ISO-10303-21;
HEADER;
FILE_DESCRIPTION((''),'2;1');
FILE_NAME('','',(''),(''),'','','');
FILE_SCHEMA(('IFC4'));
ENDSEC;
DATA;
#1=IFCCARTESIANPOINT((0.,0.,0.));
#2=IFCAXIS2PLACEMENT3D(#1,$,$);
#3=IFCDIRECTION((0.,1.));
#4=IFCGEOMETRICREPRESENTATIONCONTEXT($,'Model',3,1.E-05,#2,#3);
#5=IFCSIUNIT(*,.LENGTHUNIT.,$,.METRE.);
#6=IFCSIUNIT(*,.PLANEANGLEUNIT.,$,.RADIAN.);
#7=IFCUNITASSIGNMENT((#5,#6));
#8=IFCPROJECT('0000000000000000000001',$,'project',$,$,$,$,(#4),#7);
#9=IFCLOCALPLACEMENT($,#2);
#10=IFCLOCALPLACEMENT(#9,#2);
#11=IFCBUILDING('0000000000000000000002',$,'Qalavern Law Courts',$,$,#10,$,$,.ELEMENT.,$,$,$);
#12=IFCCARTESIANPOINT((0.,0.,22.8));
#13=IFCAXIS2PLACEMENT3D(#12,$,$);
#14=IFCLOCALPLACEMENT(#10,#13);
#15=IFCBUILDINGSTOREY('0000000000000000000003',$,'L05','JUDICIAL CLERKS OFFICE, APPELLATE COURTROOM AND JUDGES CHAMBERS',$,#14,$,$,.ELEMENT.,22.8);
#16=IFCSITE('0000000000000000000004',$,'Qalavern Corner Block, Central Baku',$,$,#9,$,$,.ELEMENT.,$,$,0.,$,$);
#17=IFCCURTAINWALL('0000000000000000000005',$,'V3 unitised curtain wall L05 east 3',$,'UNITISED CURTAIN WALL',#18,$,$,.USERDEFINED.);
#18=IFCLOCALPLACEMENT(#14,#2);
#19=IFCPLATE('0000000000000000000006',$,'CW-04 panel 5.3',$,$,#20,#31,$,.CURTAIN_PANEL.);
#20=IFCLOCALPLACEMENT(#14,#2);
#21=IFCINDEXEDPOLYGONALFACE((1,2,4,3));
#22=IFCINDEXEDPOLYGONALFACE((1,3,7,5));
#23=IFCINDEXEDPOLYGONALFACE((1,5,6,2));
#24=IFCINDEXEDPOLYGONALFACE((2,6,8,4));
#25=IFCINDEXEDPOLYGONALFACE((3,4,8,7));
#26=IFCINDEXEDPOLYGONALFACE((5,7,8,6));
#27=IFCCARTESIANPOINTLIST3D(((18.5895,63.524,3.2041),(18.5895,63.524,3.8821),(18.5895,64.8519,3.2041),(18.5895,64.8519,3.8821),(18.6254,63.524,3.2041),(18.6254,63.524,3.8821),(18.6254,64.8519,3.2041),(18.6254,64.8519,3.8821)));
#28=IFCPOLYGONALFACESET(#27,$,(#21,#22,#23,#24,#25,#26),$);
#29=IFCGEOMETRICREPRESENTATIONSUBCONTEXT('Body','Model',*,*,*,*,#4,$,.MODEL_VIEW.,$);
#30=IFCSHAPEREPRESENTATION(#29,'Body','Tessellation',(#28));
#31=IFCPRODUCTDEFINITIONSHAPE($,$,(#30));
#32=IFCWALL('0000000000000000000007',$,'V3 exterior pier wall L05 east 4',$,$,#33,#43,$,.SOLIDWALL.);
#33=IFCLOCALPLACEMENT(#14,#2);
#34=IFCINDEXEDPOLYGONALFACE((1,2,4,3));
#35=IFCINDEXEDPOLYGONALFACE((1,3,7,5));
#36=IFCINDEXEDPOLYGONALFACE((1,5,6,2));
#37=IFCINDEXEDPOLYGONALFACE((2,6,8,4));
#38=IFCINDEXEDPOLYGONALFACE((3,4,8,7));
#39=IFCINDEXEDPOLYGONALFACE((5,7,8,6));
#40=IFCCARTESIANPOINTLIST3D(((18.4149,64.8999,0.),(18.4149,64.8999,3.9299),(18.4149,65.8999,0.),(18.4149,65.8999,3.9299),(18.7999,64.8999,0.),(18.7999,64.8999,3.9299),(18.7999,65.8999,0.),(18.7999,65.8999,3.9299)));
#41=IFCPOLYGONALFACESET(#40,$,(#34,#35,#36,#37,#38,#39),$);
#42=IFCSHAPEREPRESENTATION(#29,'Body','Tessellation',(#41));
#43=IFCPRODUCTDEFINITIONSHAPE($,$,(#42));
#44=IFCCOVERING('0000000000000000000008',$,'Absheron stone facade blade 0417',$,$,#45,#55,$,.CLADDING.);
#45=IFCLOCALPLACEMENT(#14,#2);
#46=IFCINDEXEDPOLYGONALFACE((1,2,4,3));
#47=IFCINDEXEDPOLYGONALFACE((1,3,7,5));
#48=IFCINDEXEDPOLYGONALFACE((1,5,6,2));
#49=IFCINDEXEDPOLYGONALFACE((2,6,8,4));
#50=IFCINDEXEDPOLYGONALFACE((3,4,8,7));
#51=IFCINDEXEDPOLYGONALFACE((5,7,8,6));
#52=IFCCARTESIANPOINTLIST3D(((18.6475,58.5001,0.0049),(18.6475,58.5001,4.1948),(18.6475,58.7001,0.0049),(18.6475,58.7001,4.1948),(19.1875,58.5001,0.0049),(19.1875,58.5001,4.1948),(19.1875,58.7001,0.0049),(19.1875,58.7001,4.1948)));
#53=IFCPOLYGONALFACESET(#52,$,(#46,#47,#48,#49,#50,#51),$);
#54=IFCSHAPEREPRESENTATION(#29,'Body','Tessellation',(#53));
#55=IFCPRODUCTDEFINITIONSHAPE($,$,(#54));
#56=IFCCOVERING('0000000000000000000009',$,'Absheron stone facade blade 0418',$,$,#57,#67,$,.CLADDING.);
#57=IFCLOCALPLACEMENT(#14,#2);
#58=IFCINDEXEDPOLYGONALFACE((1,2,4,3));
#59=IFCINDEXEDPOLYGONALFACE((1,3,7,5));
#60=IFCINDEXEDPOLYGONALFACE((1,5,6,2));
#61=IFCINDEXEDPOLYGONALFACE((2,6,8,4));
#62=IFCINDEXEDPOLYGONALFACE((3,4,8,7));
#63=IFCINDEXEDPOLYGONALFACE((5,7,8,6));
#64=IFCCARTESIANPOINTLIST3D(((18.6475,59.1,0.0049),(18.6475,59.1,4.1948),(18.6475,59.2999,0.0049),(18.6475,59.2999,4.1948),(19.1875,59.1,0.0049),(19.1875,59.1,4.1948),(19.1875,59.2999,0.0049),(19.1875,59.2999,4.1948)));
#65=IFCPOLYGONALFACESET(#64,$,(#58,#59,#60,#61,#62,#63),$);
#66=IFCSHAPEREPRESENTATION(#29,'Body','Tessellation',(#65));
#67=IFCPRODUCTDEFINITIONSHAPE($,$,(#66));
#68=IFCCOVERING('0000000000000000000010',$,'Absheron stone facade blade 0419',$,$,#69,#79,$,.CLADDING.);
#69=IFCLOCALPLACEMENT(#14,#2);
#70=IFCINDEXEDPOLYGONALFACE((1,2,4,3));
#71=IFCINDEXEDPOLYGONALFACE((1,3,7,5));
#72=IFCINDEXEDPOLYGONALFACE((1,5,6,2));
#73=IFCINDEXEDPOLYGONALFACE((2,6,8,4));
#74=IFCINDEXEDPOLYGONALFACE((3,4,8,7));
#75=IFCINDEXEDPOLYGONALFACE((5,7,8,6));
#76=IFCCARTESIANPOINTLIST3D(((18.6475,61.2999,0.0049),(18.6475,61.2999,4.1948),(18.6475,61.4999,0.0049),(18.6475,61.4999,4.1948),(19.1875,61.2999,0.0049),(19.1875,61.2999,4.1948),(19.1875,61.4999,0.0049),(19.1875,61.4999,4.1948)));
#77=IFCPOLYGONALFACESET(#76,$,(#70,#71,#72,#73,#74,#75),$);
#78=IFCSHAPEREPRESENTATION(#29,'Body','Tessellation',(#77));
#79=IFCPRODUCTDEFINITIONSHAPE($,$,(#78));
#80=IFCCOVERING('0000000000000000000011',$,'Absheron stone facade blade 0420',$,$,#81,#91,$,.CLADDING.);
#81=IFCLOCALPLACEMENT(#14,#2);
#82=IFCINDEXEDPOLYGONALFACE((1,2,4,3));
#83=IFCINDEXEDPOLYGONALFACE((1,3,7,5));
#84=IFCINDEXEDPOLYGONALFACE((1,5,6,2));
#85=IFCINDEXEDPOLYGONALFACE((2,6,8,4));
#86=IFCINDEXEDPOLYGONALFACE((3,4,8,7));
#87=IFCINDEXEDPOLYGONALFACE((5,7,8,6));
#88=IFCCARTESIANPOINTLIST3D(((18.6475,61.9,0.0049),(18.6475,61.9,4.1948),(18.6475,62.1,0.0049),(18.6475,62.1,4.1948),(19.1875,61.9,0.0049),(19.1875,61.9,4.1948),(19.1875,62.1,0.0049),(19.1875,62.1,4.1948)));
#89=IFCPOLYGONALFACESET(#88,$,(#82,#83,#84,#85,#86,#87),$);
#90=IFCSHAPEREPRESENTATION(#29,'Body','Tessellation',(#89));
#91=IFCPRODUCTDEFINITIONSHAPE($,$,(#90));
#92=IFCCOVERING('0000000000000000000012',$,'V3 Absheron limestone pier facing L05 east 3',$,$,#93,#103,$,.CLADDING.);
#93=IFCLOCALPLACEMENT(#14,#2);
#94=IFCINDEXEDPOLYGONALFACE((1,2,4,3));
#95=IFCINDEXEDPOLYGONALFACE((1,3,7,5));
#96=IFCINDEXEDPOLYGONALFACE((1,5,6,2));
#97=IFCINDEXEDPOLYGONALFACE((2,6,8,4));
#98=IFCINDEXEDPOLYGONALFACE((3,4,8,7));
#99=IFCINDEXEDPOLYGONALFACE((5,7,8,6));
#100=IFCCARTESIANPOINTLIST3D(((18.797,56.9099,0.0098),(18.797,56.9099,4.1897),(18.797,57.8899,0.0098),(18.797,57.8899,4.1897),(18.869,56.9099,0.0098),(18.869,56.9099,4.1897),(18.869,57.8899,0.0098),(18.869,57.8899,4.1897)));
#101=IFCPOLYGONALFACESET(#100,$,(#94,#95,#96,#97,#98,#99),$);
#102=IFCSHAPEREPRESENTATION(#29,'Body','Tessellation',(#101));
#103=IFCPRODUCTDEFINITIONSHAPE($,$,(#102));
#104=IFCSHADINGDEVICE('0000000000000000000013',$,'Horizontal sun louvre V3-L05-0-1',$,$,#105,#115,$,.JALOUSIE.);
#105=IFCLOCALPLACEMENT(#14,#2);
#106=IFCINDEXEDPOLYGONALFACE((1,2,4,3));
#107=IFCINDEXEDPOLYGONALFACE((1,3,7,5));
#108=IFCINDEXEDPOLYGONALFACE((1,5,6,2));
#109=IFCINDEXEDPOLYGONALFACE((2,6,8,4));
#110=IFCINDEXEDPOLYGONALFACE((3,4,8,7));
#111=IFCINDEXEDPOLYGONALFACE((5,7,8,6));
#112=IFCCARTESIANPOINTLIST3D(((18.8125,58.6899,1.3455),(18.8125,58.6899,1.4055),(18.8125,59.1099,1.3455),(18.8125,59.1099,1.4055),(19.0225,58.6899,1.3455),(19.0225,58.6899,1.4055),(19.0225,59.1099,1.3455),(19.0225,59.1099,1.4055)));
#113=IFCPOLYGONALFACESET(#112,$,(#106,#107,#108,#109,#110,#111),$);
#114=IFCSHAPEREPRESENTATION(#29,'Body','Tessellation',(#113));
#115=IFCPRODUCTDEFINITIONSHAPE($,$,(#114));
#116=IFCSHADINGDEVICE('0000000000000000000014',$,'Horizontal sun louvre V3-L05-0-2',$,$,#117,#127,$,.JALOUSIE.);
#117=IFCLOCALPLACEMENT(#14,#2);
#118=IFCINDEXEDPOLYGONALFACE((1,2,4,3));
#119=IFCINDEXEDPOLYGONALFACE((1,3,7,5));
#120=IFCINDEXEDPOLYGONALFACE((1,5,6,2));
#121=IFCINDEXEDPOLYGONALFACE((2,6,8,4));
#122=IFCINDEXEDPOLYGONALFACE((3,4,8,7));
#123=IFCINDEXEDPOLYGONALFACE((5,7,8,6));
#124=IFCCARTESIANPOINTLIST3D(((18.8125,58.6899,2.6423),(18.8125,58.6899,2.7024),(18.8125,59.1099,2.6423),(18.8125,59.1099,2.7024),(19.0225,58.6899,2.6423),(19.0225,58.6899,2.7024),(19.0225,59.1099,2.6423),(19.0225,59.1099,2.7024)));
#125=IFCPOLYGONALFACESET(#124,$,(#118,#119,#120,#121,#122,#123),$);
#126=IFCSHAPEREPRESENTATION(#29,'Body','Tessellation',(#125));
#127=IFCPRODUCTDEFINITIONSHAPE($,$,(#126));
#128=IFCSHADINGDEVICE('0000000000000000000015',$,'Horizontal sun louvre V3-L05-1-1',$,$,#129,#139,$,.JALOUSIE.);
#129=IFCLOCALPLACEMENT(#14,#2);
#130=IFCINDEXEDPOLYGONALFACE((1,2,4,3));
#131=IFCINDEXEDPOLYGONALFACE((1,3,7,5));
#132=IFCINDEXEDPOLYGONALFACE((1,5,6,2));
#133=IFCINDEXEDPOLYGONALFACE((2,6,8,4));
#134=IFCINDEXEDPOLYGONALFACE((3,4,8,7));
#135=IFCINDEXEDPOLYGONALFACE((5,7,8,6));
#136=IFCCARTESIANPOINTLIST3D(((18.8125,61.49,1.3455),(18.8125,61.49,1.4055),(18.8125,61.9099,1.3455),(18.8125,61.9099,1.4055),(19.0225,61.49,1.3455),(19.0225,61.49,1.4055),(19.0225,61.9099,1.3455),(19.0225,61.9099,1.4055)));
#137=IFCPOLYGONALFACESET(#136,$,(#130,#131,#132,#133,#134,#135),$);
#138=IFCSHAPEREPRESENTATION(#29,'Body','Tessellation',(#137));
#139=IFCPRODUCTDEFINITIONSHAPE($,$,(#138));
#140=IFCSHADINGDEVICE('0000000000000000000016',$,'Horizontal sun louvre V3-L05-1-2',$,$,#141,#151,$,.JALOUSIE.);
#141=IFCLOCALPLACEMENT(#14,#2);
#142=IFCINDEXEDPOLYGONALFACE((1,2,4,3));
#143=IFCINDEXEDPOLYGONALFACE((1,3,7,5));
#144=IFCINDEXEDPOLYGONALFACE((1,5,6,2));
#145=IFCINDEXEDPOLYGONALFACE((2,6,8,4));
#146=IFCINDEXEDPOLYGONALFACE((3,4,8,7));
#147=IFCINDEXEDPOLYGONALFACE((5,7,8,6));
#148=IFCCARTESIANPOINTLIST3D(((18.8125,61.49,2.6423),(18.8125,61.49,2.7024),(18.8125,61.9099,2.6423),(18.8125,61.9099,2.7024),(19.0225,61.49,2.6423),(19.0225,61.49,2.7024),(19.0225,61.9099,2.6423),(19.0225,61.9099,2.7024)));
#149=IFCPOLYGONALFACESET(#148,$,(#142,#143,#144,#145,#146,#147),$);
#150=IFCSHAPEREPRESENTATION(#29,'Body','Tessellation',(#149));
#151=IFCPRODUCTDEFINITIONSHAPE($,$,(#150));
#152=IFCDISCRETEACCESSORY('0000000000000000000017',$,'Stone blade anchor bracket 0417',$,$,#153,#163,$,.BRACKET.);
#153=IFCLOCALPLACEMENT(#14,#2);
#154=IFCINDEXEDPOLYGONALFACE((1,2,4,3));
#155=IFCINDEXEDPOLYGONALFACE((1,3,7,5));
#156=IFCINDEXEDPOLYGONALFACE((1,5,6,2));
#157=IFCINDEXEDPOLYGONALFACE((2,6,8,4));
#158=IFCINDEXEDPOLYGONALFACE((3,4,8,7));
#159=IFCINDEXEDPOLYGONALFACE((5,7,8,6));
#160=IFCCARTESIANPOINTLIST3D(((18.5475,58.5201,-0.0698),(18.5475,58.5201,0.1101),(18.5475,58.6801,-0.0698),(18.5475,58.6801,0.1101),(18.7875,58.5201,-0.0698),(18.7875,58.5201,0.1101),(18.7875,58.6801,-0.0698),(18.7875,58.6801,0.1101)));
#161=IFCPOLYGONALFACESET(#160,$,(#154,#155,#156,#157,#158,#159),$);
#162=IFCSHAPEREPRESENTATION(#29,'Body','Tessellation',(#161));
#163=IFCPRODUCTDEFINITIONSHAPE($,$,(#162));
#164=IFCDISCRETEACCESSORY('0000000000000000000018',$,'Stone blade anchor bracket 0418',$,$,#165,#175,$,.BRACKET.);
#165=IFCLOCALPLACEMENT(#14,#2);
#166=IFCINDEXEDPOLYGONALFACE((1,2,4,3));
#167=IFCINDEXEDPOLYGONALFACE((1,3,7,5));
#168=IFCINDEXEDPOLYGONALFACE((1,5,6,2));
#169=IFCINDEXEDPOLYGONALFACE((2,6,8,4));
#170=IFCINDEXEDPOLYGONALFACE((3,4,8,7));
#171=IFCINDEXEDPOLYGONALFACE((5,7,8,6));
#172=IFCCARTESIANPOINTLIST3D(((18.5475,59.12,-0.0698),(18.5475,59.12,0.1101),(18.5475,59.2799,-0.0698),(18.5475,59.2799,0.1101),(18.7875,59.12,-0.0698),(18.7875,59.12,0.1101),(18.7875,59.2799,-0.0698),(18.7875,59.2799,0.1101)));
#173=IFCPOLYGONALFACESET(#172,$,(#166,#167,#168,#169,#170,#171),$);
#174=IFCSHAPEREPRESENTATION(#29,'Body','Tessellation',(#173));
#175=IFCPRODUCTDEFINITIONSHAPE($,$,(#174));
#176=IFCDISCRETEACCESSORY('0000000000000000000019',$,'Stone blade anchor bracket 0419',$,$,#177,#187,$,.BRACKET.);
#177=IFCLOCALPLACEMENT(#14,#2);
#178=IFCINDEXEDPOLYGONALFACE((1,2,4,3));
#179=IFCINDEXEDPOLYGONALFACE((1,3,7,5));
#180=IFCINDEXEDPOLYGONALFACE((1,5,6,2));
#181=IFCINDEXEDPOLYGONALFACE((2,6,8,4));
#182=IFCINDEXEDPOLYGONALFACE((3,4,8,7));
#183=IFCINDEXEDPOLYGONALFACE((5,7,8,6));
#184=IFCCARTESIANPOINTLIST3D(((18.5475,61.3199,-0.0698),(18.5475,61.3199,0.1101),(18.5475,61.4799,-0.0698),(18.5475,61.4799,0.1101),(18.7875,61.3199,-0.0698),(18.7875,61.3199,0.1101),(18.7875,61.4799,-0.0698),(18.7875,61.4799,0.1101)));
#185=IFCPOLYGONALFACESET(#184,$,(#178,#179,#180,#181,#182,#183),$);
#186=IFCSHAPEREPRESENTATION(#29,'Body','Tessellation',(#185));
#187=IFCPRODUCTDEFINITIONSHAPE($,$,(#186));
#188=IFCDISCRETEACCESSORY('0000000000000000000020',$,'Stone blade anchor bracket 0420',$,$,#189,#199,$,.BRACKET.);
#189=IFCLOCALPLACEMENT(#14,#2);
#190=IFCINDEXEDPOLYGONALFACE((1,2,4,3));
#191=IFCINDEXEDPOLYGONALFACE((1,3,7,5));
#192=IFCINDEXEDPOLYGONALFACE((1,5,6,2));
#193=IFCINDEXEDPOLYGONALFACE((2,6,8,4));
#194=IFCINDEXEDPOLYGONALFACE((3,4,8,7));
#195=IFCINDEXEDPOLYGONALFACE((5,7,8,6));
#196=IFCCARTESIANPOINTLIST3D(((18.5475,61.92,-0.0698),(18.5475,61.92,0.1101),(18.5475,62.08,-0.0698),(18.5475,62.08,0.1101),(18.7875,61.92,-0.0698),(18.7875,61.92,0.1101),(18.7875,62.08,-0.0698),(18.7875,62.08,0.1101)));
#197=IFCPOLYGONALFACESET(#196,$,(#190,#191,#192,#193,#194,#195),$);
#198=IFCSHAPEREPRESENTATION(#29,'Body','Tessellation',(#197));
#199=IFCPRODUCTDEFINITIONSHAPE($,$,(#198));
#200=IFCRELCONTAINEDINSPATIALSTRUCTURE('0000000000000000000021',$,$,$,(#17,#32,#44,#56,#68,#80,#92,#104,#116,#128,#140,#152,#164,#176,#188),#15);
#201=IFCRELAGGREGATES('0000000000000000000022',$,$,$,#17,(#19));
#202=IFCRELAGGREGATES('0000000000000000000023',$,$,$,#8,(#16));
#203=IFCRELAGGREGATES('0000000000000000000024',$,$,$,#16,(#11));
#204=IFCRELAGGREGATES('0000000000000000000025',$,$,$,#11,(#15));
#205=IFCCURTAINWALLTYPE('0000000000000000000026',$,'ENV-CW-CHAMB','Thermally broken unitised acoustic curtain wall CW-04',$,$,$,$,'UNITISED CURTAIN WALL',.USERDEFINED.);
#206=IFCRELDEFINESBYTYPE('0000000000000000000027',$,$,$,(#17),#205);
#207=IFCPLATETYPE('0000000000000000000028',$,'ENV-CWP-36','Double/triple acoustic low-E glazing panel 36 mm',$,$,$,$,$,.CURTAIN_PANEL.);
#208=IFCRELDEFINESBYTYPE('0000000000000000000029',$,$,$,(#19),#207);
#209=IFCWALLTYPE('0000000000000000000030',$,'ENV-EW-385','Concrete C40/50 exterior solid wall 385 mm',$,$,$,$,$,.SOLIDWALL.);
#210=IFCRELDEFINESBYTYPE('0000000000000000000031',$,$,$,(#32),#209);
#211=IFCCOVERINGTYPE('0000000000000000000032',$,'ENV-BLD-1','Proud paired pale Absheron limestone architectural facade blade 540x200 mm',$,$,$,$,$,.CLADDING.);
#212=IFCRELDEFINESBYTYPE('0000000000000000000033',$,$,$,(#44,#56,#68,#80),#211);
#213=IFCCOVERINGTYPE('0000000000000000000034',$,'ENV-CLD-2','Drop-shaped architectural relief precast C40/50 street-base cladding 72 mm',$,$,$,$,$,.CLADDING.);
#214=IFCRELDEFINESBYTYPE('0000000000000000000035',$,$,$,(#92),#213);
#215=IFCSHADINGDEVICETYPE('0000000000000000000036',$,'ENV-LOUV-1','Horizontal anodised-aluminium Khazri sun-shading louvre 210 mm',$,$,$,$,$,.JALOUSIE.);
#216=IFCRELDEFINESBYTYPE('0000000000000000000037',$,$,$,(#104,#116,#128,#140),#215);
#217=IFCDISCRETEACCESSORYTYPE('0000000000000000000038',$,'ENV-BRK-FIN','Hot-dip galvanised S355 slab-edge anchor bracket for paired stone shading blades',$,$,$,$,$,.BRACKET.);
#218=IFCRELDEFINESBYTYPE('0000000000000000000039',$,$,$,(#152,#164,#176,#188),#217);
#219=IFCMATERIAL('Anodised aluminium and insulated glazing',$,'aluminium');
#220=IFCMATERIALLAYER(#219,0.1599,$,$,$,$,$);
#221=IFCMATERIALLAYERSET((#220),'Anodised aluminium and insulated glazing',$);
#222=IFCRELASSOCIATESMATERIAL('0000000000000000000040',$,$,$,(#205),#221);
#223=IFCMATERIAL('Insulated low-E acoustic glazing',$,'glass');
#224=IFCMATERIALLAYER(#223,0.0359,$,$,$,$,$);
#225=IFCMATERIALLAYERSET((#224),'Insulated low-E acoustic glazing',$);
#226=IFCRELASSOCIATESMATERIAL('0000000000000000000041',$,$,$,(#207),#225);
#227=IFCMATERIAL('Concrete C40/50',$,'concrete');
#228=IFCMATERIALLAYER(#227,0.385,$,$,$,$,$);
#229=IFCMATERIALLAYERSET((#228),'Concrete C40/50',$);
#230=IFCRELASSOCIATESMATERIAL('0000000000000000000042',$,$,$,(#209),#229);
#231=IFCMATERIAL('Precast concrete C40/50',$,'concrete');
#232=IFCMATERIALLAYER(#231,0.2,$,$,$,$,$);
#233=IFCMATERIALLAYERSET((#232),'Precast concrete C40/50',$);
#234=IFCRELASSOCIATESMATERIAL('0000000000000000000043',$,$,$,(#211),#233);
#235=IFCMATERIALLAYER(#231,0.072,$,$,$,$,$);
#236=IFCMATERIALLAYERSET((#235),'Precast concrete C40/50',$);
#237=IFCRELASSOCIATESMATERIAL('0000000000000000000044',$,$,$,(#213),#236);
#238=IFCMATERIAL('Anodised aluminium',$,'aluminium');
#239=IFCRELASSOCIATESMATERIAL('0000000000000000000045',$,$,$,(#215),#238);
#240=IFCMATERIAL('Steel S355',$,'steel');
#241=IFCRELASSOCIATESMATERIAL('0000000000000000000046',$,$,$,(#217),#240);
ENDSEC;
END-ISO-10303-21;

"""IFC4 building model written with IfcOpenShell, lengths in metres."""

from ifc_helpers import new_model, si_unit, direction, frame, frame_2d, origin, origin_2d, place, context, subcontext, project, spatial, rectangle, extrude, material, layer, layer_set, type_object, element, aggregate, save


model = new_model("IFC4")

# Units and contexts
model_context = context("Model", 3, precision=1e-05, world=origin(), true_north=direction((0.0, 1.0)))
body_context = subcontext(model_context, "Body", "Model", "MODEL_VIEW")
ifc_project = project(units=[si_unit("LENGTHUNIT", "METRE"), si_unit("PLANEANGLEUNIT", "RADIAN")], contexts=[model_context])

# Site, building, storey
site_placement = place(None, origin())
site = spatial("IfcSite", under=ifc_project, at=site_placement, Name="Qalavern Corner Block, Central Baku", CompositionType="ELEMENT", RefElevation=0.0)
building_placement = place(site_placement, origin())
building = spatial("IfcBuilding", under=site, at=building_placement, Name="Qalavern Law Courts", CompositionType="ELEMENT")
storey_placement = place(building_placement, frame((0.0, 0.0, 22.8)))
storey = spatial("IfcBuildingStorey", under=building, at=storey_placement, Name="L05", Description="JUDICIAL CLERKS OFFICE, APPELLATE COURTROOM AND JUDGES CHAMBERS", CompositionType="ELEMENT", Elevation=22.8)

# Curtain wall, plate
ifc_material_1 = material(Name="Anodised aluminium and insulated glazing", Category="aluminium")
ifc_layer_1 = layer(ifc_material_1, 0.1599)
ifc_layer_set_1 = layer_set([ifc_layer_1], Name="Anodised aluminium and insulated glazing")
curtain_wall_type = type_object("IfcCurtainWallType", Name="ENV-CW-CHAMB", Description="Thermally broken unitised acoustic curtain wall CW-04", ElementType="UNITISED CURTAIN WALL", PredefinedType="USERDEFINED", material=ifc_layer_set_1)
curtain_wall_placement = place(storey_placement, origin())
curtain_wall = element("IfcCurtainWall", 1, at=curtain_wall_placement, inside=storey, type_object=curtain_wall_type, Name="V3 unitised curtain wall L05 east 3", ObjectType="UNITISED CURTAIN WALL", PredefinedType="USERDEFINED")
ifc_material_2 = material(Name="Anodised aluminium", Category="aluminium")
ifc_material_3 = material(Name="Insulated low-E acoustic glazing", Category="glass")
ifc_layer_2 = layer(ifc_material_3, 0.0359)
ifc_layer_set_2 = layer_set([ifc_layer_2], Name="Insulated low-E acoustic glazing")
plate_type = type_object("IfcPlateType", Name="ENV-CWP-36", Description="Double/triple acoustic low-E glazing panel 36 mm", PredefinedType="CURTAIN_PANEL", material=ifc_layer_set_2)
plate_1_placement = place(storey_placement, frame((18.6074, 64.188, 3.2041), z_axis=(0.0, 0.0, 1.0), x_axis=(0.0, 1.0, 0.0)))
plate_1 = element("IfcPlate", 2, at=plate_1_placement, type_object=plate_type, Name="CW-04 panel 5.3", PredefinedType="CURTAIN_PANEL", context=body_context, shape_type="SweptSolid", body=[
    extrude(rectangle(XDim=1.3279, YDim=0.0359, at=origin_2d()), origin(), (0.0, 0.0, 1.0), 0.678),
])
aggregate(curtain_wall, [plate_1])

# Wall
ifc_material_4 = material(Name="Concrete C40/50", Category="concrete")
ifc_layer_3 = layer(ifc_material_4, 0.385)
ifc_layer_set_3 = layer_set([ifc_layer_3], Name="Concrete C40/50")
wall_type = type_object("IfcWallType", Name="ENV-EW-385", Description="Concrete C40/50 exterior solid wall 385 mm", PredefinedType="SOLIDWALL", material=ifc_layer_set_3)
wall_placement = place(storey_placement, frame((18.6074, 64.8999, 0.0), z_axis=(0.0, 0.0, 1.0), x_axis=(0.0, 1.0, 0.0)))
element("IfcWall", 3, at=wall_placement, inside=storey, type_object=wall_type, Name="V3 exterior pier wall L05 east 4", PredefinedType="SOLIDWALL", context=body_context, shape_type="SweptSolid", body=[
    extrude(rectangle(XDim=1.0, YDim=0.385, at=frame_2d((0.5, 0.0))), origin(), (0.0, 0.0, 1.0), 3.9299),
])

# Coverings
ifc_material_5 = material(Name="Precast concrete C40/50", Category="concrete")
ifc_layer_4 = layer(ifc_material_5, 0.2)
ifc_layer_set_4 = layer_set([ifc_layer_4], Name="Precast concrete C40/50")
covering_type_1 = type_object("IfcCoveringType", Name="ENV-BLD-1", Description="Proud paired pale Absheron limestone architectural facade blade 540x200 mm", PredefinedType="CLADDING", material=ifc_layer_set_4)
for number, where, z_axis, x_axis, name in (
    (4, (18.9175, 58.6001, 0.0049), (0.0, 0.0, 1.0), (1.0, 0.0, 0.0), "Absheron stone facade blade 0417"),
    (5, (18.9175, 59.2, 0.0049), (0.0, 0.0, 1.0), (1.0, 0.0, 0.0), "Absheron stone facade blade 0418"),
    (6, (18.9175, 61.3999, 0.0049), (0.0, 0.0, 1.0), (1.0, 0.0, 0.0), "Absheron stone facade blade 0419"),
    (7, (18.9175, 62.0, 0.0049), (0.0, 0.0, 1.0), (1.0, 0.0, 0.0), "Absheron stone facade blade 0420"),
):
    element("IfcCovering", number, at=place(storey_placement, frame(where, z_axis=z_axis, x_axis=x_axis)), inside=storey, type_object=covering_type_1, Name=name, PredefinedType="CLADDING", context=body_context, shape_type="SweptSolid", body=[
        extrude(rectangle(XDim=0.54, YDim=0.2, at=origin_2d()), origin(), (0.0, 0.0, 1.0), 4.1899),
    ])
ifc_layer_5 = layer(ifc_material_5, 0.072)
ifc_layer_set_5 = layer_set([ifc_layer_5], Name="Precast concrete C40/50")
covering_type_2 = type_object("IfcCoveringType", Name="ENV-CLD-2", Description="Drop-shaped architectural relief precast C40/50 street-base cladding 72 mm", PredefinedType="CLADDING", material=ifc_layer_set_5)
covering_placement = place(storey_placement, frame((18.833, 57.3999, 0.0098), z_axis=(0.0, 0.0, 1.0), x_axis=(0.0, 1.0, 0.0)))
element("IfcCovering", 8, at=covering_placement, inside=storey, type_object=covering_type_2, Name="V3 Absheron limestone pier facing L05 east 3", PredefinedType="CLADDING", context=body_context, shape_type="SweptSolid", body=[
    extrude(rectangle(XDim=0.98, YDim=0.072, at=origin_2d()), origin(), (0.0, 0.0, 1.0), 4.1799),
])

# Shading devices
shading_device_type = type_object("IfcShadingDeviceType", Name="ENV-LOUV-1", Description="Horizontal anodised-aluminium Khazri sun-shading louvre 210 mm", PredefinedType="JALOUSIE", material=ifc_material_2)
for number, where, z_axis, x_axis, name in (
    (9, (18.9175, 58.8999, 1.3455), (0.0, 0.0, 1.0), (0.0, 1.0, 0.0), "Horizontal sun louvre V3-L05-0-1"),
    (10, (18.9175, 58.8999, 2.6423), (0.0, 0.0, 1.0), (0.0, 1.0, 0.0), "Horizontal sun louvre V3-L05-0-2"),
    (11, (18.9175, 61.7, 1.3455), (0.0, 0.0, 1.0), (0.0, 1.0, 0.0), "Horizontal sun louvre V3-L05-1-1"),
    (12, (18.9175, 61.7, 2.6423), (0.0, 0.0, 1.0), (0.0, 1.0, 0.0), "Horizontal sun louvre V3-L05-1-2"),
):
    element("IfcShadingDevice", number, at=place(storey_placement, frame(where, z_axis=z_axis, x_axis=x_axis)), inside=storey, type_object=shading_device_type, Name=name, PredefinedType="JALOUSIE", context=body_context, shape_type="SweptSolid", body=[
        extrude(rectangle(XDim=0.4199, YDim=0.21, at=origin_2d()), origin(), (0.0, 0.0, 1.0), 0.0601),
    ])

# Discrete accessories
ifc_material_6 = material(Name="Steel S355", Category="steel")
discrete_accessory_type = type_object("IfcDiscreteAccessoryType", Name="ENV-BRK-FIN", Description="Hot-dip galvanised S355 slab-edge anchor bracket for paired stone shading blades", PredefinedType="BRACKET", material=ifc_material_6)
for number, where, z_axis, x_axis, name in (
    (13, (18.6675, 58.6001, -0.0698), (0.0, 0.0, 1.0), (1.0, 0.0, 0.0), "Stone blade anchor bracket 0417"),
    (14, (18.6675, 59.2, -0.0698), (0.0, 0.0, 1.0), (1.0, 0.0, 0.0), "Stone blade anchor bracket 0418"),
    (15, (18.6675, 61.3999, -0.0698), (0.0, 0.0, 1.0), (1.0, 0.0, 0.0), "Stone blade anchor bracket 0419"),
    (16, (18.6675, 62.0, -0.0698), (0.0, 0.0, 1.0), (1.0, 0.0, 0.0), "Stone blade anchor bracket 0420"),
):
    element("IfcDiscreteAccessory", number, at=place(storey_placement, frame(where, z_axis=z_axis, x_axis=x_axis)), inside=storey, type_object=discrete_accessory_type, Name=name, PredefinedType="BRACKET", context=body_context, shape_type="SweptSolid", body=[
        extrude(rectangle(XDim=0.24, YDim=0.1599, at=origin_2d()), origin(), (0.0, 0.0, 1.0), 0.1799),
    ])

save(model, "model.ifc")
